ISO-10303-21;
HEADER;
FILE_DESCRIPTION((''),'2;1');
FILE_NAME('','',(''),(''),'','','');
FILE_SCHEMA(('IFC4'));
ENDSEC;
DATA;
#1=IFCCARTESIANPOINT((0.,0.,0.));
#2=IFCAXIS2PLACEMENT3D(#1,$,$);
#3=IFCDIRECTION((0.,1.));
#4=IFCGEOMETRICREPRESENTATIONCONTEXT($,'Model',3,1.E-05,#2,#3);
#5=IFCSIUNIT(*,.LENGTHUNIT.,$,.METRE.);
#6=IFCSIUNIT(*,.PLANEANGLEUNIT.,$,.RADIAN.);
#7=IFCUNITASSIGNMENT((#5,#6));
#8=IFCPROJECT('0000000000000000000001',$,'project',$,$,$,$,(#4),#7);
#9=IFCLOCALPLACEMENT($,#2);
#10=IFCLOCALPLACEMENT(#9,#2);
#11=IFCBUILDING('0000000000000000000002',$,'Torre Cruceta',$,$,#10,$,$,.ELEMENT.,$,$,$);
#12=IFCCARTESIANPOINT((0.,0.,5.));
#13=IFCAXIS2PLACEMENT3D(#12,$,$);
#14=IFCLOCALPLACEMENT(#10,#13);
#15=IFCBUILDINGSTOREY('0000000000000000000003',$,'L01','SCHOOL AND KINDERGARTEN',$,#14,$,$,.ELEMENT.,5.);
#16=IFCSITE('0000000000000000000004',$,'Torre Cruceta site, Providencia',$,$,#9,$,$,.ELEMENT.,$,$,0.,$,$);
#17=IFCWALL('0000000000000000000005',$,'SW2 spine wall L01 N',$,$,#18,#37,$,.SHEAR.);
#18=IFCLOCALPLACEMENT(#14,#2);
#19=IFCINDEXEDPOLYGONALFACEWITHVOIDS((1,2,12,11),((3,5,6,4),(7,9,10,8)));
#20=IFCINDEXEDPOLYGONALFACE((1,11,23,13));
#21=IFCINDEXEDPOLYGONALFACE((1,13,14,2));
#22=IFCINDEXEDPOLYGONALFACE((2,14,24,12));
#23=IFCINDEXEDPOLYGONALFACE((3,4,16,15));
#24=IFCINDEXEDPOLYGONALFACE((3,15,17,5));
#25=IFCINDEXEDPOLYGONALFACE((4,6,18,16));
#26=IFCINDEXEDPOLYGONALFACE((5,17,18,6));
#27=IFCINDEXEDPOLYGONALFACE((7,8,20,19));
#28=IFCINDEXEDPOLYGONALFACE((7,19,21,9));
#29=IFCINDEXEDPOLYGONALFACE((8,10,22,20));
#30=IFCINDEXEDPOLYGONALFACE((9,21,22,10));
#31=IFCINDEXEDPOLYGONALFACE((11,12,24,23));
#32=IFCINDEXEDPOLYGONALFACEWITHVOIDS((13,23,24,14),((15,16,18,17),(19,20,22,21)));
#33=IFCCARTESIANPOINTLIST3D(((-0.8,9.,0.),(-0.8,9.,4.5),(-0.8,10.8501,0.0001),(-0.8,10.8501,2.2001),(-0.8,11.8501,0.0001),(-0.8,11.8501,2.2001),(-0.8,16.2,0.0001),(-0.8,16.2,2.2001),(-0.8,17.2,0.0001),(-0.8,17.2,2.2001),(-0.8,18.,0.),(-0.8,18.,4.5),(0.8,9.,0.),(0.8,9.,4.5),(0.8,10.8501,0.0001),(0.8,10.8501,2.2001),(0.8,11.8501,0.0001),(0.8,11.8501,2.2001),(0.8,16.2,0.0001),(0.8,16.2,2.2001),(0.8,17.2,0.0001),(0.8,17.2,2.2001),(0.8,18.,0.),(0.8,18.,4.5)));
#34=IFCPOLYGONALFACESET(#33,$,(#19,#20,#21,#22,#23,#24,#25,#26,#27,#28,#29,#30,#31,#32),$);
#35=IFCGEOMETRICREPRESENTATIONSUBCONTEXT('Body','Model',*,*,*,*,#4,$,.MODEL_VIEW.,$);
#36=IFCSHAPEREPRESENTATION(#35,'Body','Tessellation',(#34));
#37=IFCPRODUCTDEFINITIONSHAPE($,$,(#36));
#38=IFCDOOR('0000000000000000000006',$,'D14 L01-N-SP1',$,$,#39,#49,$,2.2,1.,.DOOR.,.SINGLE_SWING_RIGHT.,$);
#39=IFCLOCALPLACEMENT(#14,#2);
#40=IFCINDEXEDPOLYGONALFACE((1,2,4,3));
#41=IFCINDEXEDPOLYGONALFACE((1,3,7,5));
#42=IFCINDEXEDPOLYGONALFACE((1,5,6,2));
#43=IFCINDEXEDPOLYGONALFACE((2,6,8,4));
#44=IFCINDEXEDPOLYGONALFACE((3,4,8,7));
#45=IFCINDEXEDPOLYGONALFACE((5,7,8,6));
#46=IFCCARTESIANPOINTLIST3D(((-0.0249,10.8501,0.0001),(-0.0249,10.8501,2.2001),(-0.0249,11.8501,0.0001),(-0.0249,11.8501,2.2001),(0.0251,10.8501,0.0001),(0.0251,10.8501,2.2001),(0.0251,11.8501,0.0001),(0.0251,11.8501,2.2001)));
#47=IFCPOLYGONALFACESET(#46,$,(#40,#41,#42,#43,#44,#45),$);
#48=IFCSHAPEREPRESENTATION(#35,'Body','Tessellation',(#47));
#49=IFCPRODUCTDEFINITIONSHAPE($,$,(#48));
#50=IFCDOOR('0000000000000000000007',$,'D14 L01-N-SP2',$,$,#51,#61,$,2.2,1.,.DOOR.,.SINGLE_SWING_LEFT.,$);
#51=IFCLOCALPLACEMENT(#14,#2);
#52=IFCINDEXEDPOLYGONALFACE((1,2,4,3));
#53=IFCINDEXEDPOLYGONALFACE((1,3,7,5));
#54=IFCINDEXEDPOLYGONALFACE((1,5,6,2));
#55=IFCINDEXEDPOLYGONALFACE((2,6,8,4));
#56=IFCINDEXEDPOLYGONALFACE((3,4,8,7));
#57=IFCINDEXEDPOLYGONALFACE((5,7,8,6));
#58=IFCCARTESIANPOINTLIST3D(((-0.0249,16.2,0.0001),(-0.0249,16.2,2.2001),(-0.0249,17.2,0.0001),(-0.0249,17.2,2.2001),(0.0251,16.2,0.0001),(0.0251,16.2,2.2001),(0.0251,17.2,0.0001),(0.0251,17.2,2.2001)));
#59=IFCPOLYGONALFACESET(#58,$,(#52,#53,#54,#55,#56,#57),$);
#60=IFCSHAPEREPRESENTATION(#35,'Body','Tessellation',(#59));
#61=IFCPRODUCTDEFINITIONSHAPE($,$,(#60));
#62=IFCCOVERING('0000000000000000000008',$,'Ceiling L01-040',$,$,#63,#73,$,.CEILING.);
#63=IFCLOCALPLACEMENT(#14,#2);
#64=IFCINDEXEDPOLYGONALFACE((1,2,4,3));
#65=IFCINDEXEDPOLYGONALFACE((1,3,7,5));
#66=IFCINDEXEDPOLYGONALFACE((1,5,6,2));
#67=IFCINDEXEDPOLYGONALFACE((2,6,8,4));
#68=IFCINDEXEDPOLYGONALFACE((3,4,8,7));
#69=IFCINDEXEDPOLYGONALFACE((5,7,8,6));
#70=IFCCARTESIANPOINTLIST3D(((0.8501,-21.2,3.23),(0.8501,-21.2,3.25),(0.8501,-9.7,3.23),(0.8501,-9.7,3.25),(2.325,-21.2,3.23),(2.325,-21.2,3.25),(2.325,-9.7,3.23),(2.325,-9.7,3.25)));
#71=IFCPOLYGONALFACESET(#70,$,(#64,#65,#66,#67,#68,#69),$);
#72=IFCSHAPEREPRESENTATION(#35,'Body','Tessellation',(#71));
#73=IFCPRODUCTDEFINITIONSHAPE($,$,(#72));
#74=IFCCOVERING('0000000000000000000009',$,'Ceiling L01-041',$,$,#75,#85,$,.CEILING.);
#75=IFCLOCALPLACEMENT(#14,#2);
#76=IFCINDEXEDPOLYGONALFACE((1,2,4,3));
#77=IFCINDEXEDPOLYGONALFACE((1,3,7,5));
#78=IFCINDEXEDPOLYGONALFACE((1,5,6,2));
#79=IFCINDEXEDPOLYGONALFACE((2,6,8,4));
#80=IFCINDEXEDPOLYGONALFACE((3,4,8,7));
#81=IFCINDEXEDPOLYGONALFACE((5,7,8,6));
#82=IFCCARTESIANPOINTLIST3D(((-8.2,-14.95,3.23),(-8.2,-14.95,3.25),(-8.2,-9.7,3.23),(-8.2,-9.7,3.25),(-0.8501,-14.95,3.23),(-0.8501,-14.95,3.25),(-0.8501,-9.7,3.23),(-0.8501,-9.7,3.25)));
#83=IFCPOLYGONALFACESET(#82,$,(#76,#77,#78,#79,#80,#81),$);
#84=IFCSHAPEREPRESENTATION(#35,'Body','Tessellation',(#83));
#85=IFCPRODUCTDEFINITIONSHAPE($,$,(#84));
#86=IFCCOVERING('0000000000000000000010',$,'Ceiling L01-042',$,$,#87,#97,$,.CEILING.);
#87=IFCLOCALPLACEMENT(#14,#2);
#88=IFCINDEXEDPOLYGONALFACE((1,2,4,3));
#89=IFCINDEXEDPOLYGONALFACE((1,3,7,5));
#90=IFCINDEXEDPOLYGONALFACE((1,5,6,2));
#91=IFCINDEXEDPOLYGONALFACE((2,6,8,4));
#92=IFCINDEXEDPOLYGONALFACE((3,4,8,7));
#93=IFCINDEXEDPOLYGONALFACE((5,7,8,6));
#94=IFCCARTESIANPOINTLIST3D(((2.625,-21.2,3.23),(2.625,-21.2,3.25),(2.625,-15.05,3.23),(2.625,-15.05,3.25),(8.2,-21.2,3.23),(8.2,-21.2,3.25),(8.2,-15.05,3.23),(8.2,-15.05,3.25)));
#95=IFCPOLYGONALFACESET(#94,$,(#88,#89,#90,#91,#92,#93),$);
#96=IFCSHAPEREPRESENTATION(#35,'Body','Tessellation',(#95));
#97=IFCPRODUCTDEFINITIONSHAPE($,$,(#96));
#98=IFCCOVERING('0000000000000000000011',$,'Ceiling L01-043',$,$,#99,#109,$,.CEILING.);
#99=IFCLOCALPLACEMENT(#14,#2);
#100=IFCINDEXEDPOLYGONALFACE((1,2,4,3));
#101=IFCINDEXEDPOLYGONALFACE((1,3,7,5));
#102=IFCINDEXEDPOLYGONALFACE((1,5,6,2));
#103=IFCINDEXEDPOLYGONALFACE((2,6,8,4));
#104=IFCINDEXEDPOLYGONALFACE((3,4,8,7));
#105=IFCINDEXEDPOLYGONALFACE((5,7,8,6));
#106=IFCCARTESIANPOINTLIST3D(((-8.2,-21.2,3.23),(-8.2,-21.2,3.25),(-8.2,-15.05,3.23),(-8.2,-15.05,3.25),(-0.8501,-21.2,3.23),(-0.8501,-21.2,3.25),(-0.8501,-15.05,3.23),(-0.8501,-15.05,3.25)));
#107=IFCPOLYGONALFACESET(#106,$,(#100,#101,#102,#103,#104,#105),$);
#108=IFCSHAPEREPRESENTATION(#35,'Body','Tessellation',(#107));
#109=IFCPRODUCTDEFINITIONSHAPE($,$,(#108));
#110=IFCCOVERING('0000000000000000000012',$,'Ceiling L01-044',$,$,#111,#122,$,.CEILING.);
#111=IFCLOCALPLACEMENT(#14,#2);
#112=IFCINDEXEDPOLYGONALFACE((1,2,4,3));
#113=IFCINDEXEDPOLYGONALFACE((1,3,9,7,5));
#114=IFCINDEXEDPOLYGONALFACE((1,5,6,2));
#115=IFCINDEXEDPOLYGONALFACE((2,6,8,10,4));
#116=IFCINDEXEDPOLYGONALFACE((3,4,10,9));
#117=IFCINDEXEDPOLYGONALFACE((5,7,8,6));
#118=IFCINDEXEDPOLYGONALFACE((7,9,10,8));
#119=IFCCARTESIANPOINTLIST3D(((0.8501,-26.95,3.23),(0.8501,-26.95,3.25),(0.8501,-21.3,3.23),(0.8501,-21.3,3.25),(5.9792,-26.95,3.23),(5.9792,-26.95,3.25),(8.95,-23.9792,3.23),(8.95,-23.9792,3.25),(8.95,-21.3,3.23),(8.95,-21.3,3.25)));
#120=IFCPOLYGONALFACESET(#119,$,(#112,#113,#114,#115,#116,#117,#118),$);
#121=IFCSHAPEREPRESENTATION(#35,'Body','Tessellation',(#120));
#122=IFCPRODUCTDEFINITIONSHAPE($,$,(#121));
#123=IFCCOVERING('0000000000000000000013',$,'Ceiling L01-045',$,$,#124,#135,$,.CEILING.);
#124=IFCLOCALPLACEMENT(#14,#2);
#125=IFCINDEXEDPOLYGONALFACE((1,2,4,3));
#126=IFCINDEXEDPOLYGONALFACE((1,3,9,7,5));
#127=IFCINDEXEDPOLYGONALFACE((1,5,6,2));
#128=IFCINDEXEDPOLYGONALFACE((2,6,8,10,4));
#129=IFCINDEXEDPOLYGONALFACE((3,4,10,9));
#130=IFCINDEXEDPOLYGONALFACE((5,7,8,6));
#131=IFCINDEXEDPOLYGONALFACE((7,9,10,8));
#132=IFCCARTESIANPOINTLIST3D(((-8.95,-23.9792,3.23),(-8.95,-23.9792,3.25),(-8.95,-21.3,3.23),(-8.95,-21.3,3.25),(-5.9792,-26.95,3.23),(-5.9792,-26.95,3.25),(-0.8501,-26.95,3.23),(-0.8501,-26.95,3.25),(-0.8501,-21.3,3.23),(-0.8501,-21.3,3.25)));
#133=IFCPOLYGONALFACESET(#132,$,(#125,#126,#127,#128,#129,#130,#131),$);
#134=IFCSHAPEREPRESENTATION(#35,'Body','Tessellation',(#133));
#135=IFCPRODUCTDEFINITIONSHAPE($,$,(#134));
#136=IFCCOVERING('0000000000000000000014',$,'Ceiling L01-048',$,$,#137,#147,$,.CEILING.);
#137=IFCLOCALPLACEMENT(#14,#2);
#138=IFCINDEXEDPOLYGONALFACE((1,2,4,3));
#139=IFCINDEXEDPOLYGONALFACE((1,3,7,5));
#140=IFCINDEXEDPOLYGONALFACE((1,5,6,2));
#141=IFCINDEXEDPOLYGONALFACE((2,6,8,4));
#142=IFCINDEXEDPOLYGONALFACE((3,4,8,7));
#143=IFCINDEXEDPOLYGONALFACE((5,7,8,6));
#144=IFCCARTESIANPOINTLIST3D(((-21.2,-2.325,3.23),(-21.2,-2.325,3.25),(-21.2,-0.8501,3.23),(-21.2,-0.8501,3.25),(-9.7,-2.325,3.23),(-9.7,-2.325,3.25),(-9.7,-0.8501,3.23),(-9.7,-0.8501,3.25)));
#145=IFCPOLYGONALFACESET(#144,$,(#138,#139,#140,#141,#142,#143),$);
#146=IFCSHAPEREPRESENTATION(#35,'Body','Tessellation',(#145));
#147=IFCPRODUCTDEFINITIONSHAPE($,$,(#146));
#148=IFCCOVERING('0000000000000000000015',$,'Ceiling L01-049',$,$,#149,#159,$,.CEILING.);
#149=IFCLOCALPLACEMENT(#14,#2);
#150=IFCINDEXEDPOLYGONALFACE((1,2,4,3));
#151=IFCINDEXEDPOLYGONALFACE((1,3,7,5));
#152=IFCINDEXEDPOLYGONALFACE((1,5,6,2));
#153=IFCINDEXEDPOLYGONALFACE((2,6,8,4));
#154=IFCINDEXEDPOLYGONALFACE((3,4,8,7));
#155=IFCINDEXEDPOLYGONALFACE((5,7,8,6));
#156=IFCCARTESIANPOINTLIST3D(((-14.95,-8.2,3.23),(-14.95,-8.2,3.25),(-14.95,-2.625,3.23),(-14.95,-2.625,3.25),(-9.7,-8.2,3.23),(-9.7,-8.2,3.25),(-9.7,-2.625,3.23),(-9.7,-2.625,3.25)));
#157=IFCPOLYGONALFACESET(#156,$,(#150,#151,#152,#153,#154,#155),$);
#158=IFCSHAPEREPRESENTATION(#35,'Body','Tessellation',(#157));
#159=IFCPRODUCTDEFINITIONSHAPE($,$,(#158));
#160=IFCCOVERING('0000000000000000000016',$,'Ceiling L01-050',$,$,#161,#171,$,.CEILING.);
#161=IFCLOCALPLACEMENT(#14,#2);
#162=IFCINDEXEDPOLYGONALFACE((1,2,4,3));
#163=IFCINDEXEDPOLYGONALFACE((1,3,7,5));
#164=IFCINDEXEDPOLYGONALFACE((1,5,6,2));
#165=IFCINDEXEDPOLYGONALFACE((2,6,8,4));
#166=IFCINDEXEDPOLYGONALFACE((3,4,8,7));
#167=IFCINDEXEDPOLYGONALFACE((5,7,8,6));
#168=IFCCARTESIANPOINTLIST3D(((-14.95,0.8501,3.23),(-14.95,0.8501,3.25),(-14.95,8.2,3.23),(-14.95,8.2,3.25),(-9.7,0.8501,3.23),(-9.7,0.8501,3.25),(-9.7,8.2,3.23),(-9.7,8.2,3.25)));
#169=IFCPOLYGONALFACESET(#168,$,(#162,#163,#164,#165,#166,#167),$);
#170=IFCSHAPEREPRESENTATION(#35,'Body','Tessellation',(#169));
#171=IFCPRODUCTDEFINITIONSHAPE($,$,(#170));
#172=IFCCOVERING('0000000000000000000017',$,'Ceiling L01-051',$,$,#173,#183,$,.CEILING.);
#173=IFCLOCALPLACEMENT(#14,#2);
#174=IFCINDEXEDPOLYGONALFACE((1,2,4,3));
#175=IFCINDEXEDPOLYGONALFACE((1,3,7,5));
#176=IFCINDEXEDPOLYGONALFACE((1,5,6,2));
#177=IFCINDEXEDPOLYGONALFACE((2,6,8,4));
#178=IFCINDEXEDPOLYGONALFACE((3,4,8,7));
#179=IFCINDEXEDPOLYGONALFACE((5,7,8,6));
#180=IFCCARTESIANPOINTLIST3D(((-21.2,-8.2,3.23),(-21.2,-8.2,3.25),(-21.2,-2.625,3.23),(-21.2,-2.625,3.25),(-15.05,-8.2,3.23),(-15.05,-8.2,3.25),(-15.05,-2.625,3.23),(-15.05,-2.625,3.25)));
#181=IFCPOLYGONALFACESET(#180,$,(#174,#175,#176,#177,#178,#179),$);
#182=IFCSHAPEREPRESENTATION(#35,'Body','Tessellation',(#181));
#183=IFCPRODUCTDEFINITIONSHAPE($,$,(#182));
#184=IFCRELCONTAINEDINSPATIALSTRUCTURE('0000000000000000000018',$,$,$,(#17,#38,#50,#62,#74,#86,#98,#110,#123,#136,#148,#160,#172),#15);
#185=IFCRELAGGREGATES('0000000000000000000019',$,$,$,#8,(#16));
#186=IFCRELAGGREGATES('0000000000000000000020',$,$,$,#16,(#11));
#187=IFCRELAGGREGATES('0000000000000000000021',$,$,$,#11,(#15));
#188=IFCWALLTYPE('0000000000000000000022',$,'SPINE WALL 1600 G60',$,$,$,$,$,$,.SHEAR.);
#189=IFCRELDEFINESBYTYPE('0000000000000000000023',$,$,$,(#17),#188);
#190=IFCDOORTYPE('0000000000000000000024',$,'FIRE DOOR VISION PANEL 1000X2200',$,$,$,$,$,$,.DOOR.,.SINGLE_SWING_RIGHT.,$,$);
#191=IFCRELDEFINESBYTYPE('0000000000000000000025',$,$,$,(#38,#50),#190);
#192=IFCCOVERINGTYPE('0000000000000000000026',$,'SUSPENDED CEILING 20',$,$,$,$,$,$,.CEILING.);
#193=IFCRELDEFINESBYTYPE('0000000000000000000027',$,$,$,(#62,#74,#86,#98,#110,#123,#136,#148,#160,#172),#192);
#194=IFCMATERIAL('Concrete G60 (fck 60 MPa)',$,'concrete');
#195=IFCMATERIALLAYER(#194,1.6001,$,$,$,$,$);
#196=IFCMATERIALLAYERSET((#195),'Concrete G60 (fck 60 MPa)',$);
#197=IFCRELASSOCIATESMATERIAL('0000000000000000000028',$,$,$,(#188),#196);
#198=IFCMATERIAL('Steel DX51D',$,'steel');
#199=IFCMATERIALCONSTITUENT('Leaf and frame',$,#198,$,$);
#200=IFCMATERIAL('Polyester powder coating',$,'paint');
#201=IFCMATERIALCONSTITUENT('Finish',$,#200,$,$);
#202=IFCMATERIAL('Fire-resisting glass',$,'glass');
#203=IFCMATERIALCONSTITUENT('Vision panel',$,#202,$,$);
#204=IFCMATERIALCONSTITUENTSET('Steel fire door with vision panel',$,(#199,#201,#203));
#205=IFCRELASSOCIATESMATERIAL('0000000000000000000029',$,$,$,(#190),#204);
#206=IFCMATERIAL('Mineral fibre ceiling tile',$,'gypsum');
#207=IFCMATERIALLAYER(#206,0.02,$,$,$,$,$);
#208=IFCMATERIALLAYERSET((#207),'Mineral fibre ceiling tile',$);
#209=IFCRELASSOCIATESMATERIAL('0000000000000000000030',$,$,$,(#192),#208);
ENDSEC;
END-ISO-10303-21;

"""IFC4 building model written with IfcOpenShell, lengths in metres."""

from ifc_helpers import new_model, si_unit, direction, frame, frame_2d, origin, place, context, subcontext, project, spatial, polyline, rectangle, outline, extrude, material, layer, layer_set, constituent, constituent_set, type_object, element, fill, save


model = new_model("IFC4")

# Units and contexts
model_context = context("Model", 3, precision=1e-05, world=origin(), true_north=direction((0.0, 1.0)))
body_context = subcontext(model_context, "Body", "Model", "MODEL_VIEW")
ifc_project = project(units=[si_unit("LENGTHUNIT", "METRE"), si_unit("PLANEANGLEUNIT", "RADIAN")], contexts=[model_context])

# Site, building, storey
site_placement = place(None, origin())
site = spatial("IfcSite", under=ifc_project, at=site_placement, Name="Torre Cruceta site, Providencia", CompositionType="ELEMENT", RefElevation=0.0)
building_placement = place(site_placement, origin())
building = spatial("IfcBuilding", under=site, at=building_placement, Name="Torre Cruceta", CompositionType="ELEMENT")
storey_placement = place(building_placement, frame((0.0, 0.0, 5.0)))
storey = spatial("IfcBuildingStorey", under=building, at=storey_placement, Name="L01", Description="SCHOOL AND KINDERGARTEN", CompositionType="ELEMENT", Elevation=5.0)

# Wall, openings, doors
ifc_material_1 = material(Name="Concrete G60 (fck 60 MPa)", Category="concrete")
ifc_layer_1 = layer(ifc_material_1, 1.6001)
ifc_layer_set_1 = layer_set([ifc_layer_1], Name="Concrete G60 (fck 60 MPa)")
wall_type_1 = type_object("IfcWallType", Name="SPINE WALL 1600 G60", PredefinedType="SHEAR", material=ifc_layer_set_1)
wall_1_placement = place(storey_placement, frame((0.0, 9.0, 0.0), z_axis=(0.0, 0.0, 1.0), x_axis=(0.0, 1.0, 0.0)))
wall_1 = element("IfcWall", 1, at=wall_1_placement, inside=storey, type_object=wall_type_1, Name="SW2 spine wall L01 N", PredefinedType="SHEAR", context=body_context, shape_type="SweptSolid", body=[
    extrude(rectangle(XDim=9.0, YDim=1.6001, at=frame_2d((4.5, 0.0))), origin(), (0.0, 0.0, 1.0), 4.5),
])
opening_1_placement = place(wall_1_placement, frame((1.8501, 0.0, 0.0)))
opening_1 = element("IfcOpeningElement", 2, at=opening_1_placement, cuts=wall_1, PredefinedType="OPENING", context=body_context, shape_type="SweptSolid", body=[
    extrude(rectangle(XDim=1.0, YDim=2.2, at=frame_2d((0.5, 1.1001))), frame((0.0, 0.8101, 0.0), z_axis=(0.0, -1.0, 0.0), x_axis=(1.0, 0.0, 0.0)), (0.0, 0.0, 1.0), 1.6201),
])
opening_2_placement = place(wall_1_placement, frame((7.2, 0.0, 0.0)))
opening_2 = element("IfcOpeningElement", 3, at=opening_2_placement, cuts=wall_1, PredefinedType="OPENING", context=body_context, shape_type="SweptSolid", body=[
    extrude(rectangle(XDim=1.0, YDim=2.2, at=frame_2d((0.5, 1.1001))), frame((0.0, 0.8101, 0.0), z_axis=(0.0, -1.0, 0.0), x_axis=(1.0, 0.0, 0.0)), (0.0, 0.0, 1.0), 1.6201),
])
ifc_material_2 = material(Name="Steel DX51D", Category="steel")
ifc_constituent_1 = constituent(ifc_material_2, Name="Leaf and frame")
ifc_material_3 = material(Name="Polyester powder coating", Category="paint")
ifc_constituent_2 = constituent(ifc_material_3, Name="Finish")
ifc_material_4 = material(Name="Fire-resisting glass", Category="glass")
ifc_constituent_3 = constituent(ifc_material_4, Name="Vision panel")
ifc_constituent_set_1 = constituent_set(constituents=[ifc_constituent_1, ifc_constituent_2, ifc_constituent_3], Name="Steel fire door with vision panel")
door_type_1 = type_object("IfcDoorType", Name="FIRE DOOR VISION PANEL 1000X2200", OperationType="SINGLE_SWING_RIGHT", PredefinedType="DOOR", material=ifc_constituent_set_1)
door_1_placement = place(opening_1_placement, frame((1.0, 0.0, 0.0), z_axis=(0.0, 0.0, 1.0), x_axis=(-1.0, 0.0, 0.0)))
door_1 = element("IfcDoor", 4, at=door_1_placement, inside=storey, type_object=door_type_1, Name="D14 L01-N-SP1", OperationType="SINGLE_SWING_RIGHT", OverallHeight=2.2, OverallWidth=1.0, PredefinedType="DOOR", context=body_context, shape_type="SweptSolid", body=[
    extrude(rectangle(XDim=1.0, YDim=2.2, at=frame_2d((0.5, 1.1001))), frame((0.0, 0.0251, 0.0), z_axis=(0.0, -1.0, 0.0), x_axis=(1.0, 0.0, 0.0)), (0.0, 0.0, 1.0), 0.05),
])
fill(opening_1, door_1)
door_2_placement = place(opening_2_placement, frame((1.0, 0.0, 0.0), z_axis=(0.0, 0.0, 1.0), x_axis=(-1.0, 0.0, 0.0)))
door_2 = element("IfcDoor", 5, at=door_2_placement, inside=storey, type_object=door_type_1, Name="D14 L01-N-SP2", OperationType="SINGLE_SWING_LEFT", OverallHeight=2.2, OverallWidth=1.0, PredefinedType="DOOR", context=body_context, shape_type="SweptSolid", body=[
    extrude(rectangle(XDim=1.0, YDim=2.2, at=frame_2d((0.5, 1.1001))), frame((0.0, 0.0251, 0.0), z_axis=(0.0, -1.0, 0.0), x_axis=(1.0, 0.0, 0.0)), (0.0, 0.0, 1.0), 0.05),
])
fill(opening_2, door_2)

# Coverings
ifc_material_5 = material(Name="Mineral fibre ceiling tile", Category="gypsum")
ifc_layer_2 = layer(ifc_material_5, 0.02)
ifc_layer_set_2 = layer_set([ifc_layer_2], Name="Mineral fibre ceiling tile")
covering_type = type_object("IfcCoveringType", Name="SUSPENDED CEILING 20", PredefinedType="CEILING", material=ifc_layer_set_2)
covering_1_placement = place(storey_placement, frame((0.0, 0.0, 3.23)))
element("IfcCovering", 6, at=covering_1_placement, inside=storey, type_object=covering_type, Name="Ceiling L01-040", PredefinedType="CEILING", context=body_context, shape_type="SweptSolid", body=[
    extrude(outline(polyline([(0.8501, -9.7), (2.325, -9.7), (2.325, -21.2), (0.8501, -21.2), (0.8501, -9.7)])), origin(), (0.0, 0.0, 1.0), 0.02),
])
covering_2_placement = place(storey_placement, frame((0.0, 0.0, 3.23)))
element("IfcCovering", 7, at=covering_2_placement, inside=storey, type_object=covering_type, Name="Ceiling L01-041", PredefinedType="CEILING", context=body_context, shape_type="SweptSolid", body=[
    extrude(outline(polyline([(-8.2, -9.7), (-0.8501, -9.7), (-0.8501, -14.95), (-8.2, -14.95), (-8.2, -9.7)])), origin(), (0.0, 0.0, 1.0), 0.02),
])
covering_3_placement = place(storey_placement, frame((0.0, 0.0, 3.23)))
element("IfcCovering", 8, at=covering_3_placement, inside=storey, type_object=covering_type, Name="Ceiling L01-042", PredefinedType="CEILING", context=body_context, shape_type="SweptSolid", body=[
    extrude(outline(polyline([(2.625, -15.05), (8.2, -15.05), (8.2, -21.2), (2.625, -21.2), (2.625, -15.05)])), origin(), (0.0, 0.0, 1.0), 0.02),
])
covering_4_placement = place(storey_placement, frame((0.0, 0.0, 3.23)))
element("IfcCovering", 9, at=covering_4_placement, inside=storey, type_object=covering_type, Name="Ceiling L01-043", PredefinedType="CEILING", context=body_context, shape_type="SweptSolid", body=[
    extrude(outline(polyline([(-8.2, -15.05), (-0.8501, -15.05), (-0.8501, -21.2), (-8.2, -21.2), (-8.2, -15.05)])), origin(), (0.0, 0.0, 1.0), 0.02),
])
covering_5_placement = place(storey_placement, frame((0.0, 0.0, 3.23)))
element("IfcCovering", 10, at=covering_5_placement, inside=storey, type_object=covering_type, Name="Ceiling L01-044", PredefinedType="CEILING", context=body_context, shape_type="SweptSolid", body=[
    extrude(outline(polyline([(8.95, -21.3), (8.95, -23.9792), (5.9792, -26.95), (0.8501, -26.95), (0.8501, -21.3), (8.95, -21.3)])), origin(), (0.0, 0.0, 1.0), 0.02),
])
covering_6_placement = place(storey_placement, frame((0.0, 0.0, 3.23)))
element("IfcCovering", 11, at=covering_6_placement, inside=storey, type_object=covering_type, Name="Ceiling L01-045", PredefinedType="CEILING", context=body_context, shape_type="SweptSolid", body=[
    extrude(outline(polyline([(-5.9792, -26.95), (-8.95, -23.9792), (-8.95, -21.3), (-0.8501, -21.3), (-0.8501, -26.95), (-5.9792, -26.95)])), origin(), (0.0, 0.0, 1.0), 0.02),
])
covering_7_placement = place(storey_placement, frame((0.0, 0.0, 3.23)))
element("IfcCovering", 12, at=covering_7_placement, inside=storey, type_object=covering_type, Name="Ceiling L01-048", PredefinedType="CEILING", context=body_context, shape_type="SweptSolid", body=[
    extrude(outline(polyline([(-9.7, -0.8501), (-9.7, -2.325), (-21.2, -2.325), (-21.2, -0.8501), (-9.7, -0.8501)])), origin(), (0.0, 0.0, 1.0), 0.02),
])
covering_8_placement = place(storey_placement, frame((0.0, 0.0, 3.23)))
element("IfcCovering", 13, at=covering_8_placement, inside=storey, type_object=covering_type, Name="Ceiling L01-049", PredefinedType="CEILING", context=body_context, shape_type="SweptSolid", body=[
    extrude(outline(polyline([(-9.7, -2.625), (-9.7, -8.2), (-14.95, -8.2), (-14.95, -2.625), (-9.7, -2.625)])), origin(), (0.0, 0.0, 1.0), 0.02),
])
covering_9_placement = place(storey_placement, frame((0.0, 0.0, 3.23)))
element("IfcCovering", 14, at=covering_9_placement, inside=storey, type_object=covering_type, Name="Ceiling L01-050", PredefinedType="CEILING", context=body_context, shape_type="SweptSolid", body=[
    extrude(outline(polyline([(-9.7, 8.2), (-9.7, 0.8501), (-14.95, 0.8501), (-14.95, 8.2), (-9.7, 8.2)])), origin(), (0.0, 0.0, 1.0), 0.02),
])
covering_10_placement = place(storey_placement, frame((0.0, 0.0, 3.23)))
element("IfcCovering", 15, at=covering_10_placement, inside=storey, type_object=covering_type, Name="Ceiling L01-051", PredefinedType="CEILING", context=body_context, shape_type="SweptSolid", body=[
    extrude(outline(polyline([(-15.05, -2.625), (-15.05, -8.2), (-21.2, -8.2), (-21.2, -2.625), (-15.05, -2.625)])), origin(), (0.0, 0.0, 1.0), 0.02),
])

save(model, "model.ifc")
